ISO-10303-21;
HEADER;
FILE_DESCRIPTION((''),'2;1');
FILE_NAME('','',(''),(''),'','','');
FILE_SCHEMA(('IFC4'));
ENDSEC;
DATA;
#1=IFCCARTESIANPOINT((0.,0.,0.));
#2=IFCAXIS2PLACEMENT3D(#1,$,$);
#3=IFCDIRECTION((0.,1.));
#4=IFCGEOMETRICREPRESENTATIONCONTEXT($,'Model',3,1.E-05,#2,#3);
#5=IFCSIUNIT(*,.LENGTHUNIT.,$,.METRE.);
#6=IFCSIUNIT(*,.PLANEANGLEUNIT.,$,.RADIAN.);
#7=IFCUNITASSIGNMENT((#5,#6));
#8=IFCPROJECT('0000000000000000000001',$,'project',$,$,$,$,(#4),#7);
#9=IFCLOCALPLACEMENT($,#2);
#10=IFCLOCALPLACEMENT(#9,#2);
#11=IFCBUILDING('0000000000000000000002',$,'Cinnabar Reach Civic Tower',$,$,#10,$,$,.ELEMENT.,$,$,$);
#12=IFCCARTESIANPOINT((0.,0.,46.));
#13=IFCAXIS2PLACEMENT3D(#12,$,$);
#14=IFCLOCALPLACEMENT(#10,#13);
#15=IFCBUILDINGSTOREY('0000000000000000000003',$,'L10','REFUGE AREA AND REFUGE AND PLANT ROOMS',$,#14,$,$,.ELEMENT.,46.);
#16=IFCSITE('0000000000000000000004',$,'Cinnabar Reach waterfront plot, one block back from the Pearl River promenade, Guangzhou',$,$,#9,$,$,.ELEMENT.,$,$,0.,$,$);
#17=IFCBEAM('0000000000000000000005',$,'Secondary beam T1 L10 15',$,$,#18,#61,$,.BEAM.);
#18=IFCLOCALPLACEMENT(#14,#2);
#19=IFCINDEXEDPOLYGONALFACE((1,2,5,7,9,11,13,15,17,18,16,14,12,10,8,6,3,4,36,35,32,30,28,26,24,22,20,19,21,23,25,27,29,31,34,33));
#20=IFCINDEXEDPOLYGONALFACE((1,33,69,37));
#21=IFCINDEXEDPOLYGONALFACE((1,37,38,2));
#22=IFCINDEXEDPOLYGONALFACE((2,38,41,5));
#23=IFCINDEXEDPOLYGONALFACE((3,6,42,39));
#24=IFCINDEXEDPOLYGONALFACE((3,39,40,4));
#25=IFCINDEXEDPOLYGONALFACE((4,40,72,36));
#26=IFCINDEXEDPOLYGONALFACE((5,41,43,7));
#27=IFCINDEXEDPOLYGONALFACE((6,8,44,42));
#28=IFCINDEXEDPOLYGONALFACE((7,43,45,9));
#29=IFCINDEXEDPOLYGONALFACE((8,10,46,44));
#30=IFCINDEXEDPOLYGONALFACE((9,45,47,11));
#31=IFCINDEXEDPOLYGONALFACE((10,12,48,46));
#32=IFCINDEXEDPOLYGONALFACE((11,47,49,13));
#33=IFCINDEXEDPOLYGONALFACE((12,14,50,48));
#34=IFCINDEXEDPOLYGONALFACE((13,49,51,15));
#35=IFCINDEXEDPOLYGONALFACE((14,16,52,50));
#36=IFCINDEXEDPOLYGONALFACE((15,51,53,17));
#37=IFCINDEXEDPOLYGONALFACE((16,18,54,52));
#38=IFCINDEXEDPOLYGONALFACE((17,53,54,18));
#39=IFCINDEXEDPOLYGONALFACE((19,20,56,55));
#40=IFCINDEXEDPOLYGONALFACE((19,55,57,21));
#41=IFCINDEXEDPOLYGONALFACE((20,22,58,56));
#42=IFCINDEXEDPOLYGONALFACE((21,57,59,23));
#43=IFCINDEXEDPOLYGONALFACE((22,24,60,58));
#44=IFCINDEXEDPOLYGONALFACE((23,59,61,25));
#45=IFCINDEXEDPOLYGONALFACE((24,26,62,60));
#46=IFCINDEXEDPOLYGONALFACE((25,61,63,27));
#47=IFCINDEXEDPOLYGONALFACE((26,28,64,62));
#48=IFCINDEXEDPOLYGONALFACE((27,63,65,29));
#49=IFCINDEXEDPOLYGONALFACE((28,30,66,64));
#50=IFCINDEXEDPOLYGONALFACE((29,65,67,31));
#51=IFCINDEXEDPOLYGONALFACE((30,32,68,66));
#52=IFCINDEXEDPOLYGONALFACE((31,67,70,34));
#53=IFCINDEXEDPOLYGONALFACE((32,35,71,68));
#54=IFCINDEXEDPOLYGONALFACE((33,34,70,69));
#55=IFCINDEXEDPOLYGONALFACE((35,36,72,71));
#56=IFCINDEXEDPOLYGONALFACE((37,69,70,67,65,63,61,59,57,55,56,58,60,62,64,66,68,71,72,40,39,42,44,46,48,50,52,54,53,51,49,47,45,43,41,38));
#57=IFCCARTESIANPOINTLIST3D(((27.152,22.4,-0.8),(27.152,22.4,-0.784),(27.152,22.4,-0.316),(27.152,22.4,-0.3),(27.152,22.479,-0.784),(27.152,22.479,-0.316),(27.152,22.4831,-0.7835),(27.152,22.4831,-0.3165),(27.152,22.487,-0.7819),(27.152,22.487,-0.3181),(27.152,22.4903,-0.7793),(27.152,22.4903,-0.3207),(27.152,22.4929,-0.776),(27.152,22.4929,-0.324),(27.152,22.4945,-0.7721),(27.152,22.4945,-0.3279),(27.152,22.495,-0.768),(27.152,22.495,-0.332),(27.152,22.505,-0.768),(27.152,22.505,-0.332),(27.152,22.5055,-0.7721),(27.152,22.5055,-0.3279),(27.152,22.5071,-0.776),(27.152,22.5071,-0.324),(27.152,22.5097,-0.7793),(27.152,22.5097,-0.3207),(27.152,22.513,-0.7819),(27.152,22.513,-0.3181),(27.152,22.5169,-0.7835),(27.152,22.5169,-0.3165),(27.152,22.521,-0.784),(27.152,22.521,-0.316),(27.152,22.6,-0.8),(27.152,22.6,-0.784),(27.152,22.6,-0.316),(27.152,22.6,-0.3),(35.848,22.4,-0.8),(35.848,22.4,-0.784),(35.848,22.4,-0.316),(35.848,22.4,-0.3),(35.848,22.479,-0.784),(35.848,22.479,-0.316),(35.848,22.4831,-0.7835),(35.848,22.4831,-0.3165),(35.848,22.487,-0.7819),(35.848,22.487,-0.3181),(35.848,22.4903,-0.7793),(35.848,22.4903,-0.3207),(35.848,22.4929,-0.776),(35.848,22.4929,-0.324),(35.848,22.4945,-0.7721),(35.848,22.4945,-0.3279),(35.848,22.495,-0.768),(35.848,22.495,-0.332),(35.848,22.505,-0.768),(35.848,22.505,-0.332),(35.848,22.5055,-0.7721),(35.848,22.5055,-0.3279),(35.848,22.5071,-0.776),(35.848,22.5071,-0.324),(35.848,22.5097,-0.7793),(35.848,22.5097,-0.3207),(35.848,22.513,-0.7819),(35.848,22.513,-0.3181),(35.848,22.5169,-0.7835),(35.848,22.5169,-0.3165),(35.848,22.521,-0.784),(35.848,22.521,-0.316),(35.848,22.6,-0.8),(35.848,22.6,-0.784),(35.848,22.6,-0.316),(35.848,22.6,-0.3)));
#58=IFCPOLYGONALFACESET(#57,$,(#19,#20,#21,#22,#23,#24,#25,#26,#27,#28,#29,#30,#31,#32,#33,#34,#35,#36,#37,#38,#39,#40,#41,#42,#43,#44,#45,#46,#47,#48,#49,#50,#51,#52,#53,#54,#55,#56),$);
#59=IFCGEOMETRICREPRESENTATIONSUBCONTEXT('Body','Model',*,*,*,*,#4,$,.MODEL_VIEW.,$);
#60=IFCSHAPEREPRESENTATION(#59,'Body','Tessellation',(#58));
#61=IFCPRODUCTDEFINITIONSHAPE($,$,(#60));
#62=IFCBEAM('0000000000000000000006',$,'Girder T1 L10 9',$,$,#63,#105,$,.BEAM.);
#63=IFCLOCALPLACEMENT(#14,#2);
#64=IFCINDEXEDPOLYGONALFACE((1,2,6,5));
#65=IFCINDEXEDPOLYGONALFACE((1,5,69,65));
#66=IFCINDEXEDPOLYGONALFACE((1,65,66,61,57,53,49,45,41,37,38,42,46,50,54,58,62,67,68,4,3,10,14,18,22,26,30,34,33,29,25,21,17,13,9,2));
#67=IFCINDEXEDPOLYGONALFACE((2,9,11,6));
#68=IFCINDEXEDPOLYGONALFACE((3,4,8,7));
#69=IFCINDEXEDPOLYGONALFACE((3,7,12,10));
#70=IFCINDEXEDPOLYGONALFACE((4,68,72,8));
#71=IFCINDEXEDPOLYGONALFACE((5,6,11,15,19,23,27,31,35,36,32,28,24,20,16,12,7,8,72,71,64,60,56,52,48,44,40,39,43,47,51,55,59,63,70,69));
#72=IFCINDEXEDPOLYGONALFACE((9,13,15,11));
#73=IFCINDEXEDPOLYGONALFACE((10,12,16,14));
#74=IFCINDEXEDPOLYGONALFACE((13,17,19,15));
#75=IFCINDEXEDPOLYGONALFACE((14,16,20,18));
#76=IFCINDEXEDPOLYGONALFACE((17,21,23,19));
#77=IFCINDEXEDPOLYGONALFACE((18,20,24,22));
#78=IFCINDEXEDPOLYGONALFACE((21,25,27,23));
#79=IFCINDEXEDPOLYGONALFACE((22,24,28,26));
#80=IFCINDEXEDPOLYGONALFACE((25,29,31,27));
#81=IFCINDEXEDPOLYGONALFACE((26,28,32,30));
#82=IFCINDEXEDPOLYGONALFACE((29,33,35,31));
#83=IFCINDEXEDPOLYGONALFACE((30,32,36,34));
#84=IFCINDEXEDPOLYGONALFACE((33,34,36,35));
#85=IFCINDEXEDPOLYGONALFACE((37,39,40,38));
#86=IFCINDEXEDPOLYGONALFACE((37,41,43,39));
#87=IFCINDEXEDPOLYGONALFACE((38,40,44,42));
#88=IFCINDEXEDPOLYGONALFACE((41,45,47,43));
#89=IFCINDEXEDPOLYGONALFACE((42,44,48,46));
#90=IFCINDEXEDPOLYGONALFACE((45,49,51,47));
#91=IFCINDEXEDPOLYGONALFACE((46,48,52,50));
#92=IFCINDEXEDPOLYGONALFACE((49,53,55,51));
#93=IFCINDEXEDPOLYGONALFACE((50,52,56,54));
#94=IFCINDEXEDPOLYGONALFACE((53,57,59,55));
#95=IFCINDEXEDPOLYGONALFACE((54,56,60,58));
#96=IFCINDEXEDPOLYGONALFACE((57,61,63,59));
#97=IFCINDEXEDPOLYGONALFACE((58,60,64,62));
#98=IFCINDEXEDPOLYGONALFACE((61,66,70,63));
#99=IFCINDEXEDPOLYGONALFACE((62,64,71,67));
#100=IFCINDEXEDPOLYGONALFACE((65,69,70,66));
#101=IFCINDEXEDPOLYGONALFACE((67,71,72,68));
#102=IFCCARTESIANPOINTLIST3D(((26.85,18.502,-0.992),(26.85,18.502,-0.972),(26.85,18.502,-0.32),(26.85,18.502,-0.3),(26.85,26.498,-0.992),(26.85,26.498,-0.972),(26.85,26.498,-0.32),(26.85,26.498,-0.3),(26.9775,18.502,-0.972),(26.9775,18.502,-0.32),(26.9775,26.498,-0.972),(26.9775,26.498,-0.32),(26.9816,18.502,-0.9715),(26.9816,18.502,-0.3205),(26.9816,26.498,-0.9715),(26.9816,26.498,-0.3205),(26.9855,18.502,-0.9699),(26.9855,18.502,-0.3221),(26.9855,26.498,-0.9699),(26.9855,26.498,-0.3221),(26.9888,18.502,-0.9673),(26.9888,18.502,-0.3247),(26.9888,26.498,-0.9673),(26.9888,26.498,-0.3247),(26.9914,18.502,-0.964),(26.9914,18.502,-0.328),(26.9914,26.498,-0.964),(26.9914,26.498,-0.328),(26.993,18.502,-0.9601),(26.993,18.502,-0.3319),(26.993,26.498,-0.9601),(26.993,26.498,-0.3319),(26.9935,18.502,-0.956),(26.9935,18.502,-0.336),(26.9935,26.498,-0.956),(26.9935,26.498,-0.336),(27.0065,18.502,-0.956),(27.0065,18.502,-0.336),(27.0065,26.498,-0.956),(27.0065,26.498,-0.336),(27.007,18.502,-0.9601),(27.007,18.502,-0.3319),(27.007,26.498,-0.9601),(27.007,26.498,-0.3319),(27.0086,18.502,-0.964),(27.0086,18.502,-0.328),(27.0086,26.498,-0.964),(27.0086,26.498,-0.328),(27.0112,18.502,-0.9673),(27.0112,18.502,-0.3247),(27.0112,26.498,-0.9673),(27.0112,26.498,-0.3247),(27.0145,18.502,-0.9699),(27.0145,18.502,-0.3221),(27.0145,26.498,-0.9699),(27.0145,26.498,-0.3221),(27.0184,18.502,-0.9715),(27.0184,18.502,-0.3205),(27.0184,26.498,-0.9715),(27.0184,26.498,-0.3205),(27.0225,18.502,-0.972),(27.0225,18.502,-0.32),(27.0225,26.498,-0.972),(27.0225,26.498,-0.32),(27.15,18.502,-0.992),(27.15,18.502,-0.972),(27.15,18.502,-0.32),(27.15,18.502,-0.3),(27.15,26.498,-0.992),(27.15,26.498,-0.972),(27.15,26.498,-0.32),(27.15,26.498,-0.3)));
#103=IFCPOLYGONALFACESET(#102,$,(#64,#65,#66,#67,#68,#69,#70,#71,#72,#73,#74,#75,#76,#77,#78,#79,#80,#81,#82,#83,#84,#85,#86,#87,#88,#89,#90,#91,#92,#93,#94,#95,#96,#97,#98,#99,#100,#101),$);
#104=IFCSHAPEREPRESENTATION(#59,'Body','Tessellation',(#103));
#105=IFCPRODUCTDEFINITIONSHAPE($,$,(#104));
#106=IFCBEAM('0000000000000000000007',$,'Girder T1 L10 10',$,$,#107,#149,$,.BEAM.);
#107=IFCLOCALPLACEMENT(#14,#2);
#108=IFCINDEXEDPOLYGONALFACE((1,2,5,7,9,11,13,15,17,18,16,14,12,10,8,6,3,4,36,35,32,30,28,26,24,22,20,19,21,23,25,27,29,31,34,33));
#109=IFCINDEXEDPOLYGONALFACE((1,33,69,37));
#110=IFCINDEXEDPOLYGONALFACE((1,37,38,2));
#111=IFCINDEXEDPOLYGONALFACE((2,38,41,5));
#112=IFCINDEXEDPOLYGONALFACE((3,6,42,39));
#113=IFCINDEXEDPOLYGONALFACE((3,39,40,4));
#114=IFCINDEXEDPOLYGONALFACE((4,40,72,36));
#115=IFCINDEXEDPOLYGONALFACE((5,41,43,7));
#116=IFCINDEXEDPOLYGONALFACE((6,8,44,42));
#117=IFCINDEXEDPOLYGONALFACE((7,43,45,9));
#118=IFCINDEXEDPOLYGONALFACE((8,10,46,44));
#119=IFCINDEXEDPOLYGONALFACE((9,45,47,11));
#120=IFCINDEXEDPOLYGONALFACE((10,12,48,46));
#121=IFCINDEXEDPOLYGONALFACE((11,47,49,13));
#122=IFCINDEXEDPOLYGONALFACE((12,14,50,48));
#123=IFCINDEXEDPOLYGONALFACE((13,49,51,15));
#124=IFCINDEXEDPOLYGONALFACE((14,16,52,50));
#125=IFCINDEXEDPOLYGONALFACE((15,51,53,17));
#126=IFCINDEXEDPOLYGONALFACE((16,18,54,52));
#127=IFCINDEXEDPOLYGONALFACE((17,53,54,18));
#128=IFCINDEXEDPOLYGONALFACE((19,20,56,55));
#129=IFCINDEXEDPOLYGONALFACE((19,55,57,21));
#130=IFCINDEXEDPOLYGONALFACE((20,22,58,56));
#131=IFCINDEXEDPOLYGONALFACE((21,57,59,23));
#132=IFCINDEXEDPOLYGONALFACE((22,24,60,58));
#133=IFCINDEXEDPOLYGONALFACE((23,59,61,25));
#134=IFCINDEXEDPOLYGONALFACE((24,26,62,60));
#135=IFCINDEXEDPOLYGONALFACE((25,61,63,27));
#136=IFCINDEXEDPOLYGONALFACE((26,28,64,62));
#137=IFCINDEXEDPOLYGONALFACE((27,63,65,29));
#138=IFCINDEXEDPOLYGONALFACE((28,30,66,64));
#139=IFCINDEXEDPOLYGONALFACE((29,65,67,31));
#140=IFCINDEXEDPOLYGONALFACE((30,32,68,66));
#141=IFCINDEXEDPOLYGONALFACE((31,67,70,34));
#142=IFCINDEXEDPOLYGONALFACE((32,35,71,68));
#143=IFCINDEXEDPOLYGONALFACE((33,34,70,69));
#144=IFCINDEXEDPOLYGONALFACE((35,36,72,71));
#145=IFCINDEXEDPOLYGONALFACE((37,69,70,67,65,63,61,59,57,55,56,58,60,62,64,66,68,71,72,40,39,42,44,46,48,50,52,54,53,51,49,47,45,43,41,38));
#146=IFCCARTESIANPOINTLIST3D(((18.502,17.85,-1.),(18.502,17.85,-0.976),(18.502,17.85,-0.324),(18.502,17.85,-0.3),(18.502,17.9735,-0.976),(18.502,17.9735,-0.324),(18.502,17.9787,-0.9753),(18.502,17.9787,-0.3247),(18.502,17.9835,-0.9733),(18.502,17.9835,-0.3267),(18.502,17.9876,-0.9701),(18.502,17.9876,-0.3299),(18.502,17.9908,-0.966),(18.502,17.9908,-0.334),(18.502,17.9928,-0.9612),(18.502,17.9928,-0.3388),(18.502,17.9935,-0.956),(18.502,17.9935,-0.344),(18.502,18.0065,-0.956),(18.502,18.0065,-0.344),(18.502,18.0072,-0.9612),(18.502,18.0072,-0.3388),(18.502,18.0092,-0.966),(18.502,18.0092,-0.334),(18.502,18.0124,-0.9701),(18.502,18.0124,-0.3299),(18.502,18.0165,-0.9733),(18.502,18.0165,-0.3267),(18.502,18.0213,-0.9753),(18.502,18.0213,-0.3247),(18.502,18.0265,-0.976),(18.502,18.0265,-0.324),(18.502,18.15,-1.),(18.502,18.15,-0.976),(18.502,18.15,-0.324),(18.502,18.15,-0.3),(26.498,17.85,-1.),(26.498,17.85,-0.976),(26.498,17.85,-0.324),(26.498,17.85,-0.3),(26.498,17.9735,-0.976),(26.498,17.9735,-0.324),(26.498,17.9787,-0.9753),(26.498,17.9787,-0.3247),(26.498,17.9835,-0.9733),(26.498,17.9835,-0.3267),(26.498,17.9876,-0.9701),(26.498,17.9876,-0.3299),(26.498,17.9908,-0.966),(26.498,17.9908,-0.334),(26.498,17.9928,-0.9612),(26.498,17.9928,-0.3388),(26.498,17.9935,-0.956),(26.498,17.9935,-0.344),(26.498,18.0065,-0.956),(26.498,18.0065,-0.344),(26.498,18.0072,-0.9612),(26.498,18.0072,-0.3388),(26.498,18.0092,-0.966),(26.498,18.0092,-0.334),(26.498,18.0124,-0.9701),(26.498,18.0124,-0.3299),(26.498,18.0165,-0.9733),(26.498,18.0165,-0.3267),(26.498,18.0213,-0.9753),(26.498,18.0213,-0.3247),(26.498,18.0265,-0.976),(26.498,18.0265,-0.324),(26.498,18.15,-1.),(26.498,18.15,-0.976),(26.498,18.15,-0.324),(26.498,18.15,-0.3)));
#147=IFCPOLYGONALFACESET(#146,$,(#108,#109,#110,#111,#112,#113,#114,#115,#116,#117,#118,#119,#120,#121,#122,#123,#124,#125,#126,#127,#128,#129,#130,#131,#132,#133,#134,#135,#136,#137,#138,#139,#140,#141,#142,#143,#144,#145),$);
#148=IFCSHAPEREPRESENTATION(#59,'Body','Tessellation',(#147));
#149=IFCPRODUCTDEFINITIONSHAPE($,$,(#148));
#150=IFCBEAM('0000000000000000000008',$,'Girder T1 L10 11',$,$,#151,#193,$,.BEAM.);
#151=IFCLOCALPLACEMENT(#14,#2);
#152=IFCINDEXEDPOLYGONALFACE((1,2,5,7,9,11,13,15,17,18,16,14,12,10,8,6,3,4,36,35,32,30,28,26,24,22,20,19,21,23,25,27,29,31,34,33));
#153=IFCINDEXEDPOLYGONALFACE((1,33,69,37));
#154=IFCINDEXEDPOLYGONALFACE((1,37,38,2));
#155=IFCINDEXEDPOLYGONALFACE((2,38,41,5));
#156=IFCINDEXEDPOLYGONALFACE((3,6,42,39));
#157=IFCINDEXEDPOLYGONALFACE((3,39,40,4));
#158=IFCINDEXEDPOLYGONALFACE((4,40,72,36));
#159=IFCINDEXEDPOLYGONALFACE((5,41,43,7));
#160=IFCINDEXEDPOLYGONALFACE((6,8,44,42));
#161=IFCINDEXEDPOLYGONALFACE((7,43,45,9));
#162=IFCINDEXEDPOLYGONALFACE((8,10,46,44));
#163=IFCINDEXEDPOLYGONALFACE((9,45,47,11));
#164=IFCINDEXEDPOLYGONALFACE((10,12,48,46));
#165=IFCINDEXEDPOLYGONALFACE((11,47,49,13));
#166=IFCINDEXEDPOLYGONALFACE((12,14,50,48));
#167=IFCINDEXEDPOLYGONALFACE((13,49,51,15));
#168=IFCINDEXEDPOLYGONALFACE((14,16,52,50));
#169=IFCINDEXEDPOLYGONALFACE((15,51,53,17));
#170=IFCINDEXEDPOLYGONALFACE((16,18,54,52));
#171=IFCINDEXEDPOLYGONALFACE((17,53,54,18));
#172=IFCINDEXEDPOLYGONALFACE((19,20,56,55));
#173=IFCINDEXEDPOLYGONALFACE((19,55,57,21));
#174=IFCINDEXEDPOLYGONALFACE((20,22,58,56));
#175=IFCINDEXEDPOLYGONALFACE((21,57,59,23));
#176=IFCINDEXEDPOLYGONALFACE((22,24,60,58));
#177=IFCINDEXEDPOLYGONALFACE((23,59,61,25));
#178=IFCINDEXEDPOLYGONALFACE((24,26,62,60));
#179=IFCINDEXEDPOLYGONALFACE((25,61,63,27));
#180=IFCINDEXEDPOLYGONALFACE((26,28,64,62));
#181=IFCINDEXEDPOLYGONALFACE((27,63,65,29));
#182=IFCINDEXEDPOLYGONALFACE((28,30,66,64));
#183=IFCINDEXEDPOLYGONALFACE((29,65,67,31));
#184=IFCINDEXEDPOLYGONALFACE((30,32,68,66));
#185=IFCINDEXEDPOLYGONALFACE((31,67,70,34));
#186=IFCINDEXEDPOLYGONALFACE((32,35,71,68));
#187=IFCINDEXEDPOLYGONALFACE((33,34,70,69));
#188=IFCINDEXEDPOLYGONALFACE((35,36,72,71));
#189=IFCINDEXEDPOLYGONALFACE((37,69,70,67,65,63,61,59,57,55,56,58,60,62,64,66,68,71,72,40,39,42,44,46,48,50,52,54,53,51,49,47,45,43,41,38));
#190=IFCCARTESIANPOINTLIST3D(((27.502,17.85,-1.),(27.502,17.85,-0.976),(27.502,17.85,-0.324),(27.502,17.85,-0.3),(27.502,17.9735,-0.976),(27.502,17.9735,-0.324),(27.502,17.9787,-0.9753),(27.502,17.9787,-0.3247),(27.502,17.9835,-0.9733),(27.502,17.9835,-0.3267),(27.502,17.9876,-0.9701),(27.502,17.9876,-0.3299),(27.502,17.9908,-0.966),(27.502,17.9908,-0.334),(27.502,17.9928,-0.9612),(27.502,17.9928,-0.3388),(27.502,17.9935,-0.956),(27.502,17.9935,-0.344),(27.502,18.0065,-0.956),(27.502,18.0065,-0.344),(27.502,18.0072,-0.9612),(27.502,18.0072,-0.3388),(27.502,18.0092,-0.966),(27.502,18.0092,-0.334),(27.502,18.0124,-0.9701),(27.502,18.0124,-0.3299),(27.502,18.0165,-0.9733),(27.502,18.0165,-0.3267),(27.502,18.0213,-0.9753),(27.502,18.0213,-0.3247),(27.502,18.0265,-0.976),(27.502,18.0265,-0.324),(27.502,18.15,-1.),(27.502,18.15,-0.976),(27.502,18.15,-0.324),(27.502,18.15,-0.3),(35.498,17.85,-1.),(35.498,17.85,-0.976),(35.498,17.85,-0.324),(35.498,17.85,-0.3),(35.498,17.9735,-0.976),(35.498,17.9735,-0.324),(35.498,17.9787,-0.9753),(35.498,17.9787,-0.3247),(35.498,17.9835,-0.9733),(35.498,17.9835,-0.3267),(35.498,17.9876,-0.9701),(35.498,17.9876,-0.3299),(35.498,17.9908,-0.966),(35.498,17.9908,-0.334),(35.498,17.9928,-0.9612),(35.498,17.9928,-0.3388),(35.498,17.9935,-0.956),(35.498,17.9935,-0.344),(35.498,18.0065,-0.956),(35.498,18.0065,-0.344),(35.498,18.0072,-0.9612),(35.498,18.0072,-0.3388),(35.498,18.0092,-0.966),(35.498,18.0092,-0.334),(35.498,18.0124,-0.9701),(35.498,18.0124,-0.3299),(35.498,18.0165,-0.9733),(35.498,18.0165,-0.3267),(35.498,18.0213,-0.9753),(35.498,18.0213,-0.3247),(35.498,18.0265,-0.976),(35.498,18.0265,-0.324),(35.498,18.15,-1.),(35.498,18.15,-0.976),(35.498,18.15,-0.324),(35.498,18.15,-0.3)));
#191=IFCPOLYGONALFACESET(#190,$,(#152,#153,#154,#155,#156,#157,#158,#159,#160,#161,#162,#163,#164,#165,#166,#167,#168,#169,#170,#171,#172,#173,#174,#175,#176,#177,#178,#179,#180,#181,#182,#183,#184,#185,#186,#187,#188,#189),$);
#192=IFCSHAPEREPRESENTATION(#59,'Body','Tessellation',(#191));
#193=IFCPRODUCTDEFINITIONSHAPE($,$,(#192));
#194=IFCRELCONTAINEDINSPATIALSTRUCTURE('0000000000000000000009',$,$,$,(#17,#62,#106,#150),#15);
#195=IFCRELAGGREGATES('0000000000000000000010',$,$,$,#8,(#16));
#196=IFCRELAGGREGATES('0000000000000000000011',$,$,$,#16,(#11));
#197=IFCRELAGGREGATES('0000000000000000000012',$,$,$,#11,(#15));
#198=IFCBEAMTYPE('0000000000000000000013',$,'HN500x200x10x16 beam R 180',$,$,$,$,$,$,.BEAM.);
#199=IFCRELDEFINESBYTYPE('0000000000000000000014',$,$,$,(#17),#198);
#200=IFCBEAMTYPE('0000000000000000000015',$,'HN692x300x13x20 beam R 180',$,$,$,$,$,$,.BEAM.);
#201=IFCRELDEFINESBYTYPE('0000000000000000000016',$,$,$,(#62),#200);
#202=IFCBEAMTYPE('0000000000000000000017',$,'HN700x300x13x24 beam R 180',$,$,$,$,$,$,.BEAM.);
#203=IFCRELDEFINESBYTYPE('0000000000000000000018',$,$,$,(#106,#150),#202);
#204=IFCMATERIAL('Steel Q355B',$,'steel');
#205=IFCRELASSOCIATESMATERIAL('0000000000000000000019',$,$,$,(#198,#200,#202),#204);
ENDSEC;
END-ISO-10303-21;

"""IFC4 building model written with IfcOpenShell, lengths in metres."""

from ifc_helpers import new_model, si_unit, direction, frame, origin, origin_2d, place, context, subcontext, project, spatial, i_section, extrude, material, material_profile, profile_set, type_object, element, save


model = new_model("IFC4")

# Units and contexts
model_context = context("Model", 3, precision=1e-05, world=origin(), true_north=direction((0.0, 1.0)))
body_context = subcontext(model_context, "Body", "Model", "MODEL_VIEW")
ifc_project = project(units=[si_unit("LENGTHUNIT", "METRE"), si_unit("PLANEANGLEUNIT", "RADIAN")], contexts=[model_context])

# Site, building, storey
site_placement = place(None, origin())
site = spatial("IfcSite", under=ifc_project, at=site_placement, Name="Cinnabar Reach waterfront plot, one block back from the Pearl River promenade, Guangzhou", CompositionType="ELEMENT", RefElevation=0.0)
building_placement = place(site_placement, origin())
building = spatial("IfcBuilding", under=site, at=building_placement, Name="Cinnabar Reach Civic Tower", CompositionType="ELEMENT")
storey_placement = place(building_placement, frame((0.0, 0.0, 46.0)))
storey = spatial("IfcBuildingStorey", under=building, at=storey_placement, Name="L10", Description="REFUGE AREA AND REFUGE AND PLANT ROOMS", CompositionType="ELEMENT", Elevation=46.0)

# Shared definitions
ifc_material_1 = material(Name="Steel Q355B", Category="steel")

# Beams
ifc_material_profile_1 = material_profile(ifc_material_1, i_section(OverallWidth=0.2, OverallDepth=0.5, WebThickness=0.01, FlangeThickness=0.016, FilletRadius=0.016, at=origin_2d()), Name="HN500x200x10x16")
ifc_profile_set_1 = profile_set([ifc_material_profile_1], Name="Steel Q355B")
beam_type_1 = type_object("IfcBeamType", Name="HN500x200x10x16 beam R 180", PredefinedType="BEAM", material=ifc_profile_set_1)
for number, where, z_axis, x_axis, name in (
    (1, (27.152, 22.5, -0.55), (1.0, 0.0, 0.0), (0.0, 1.0, 0.0), "Secondary beam T1 L10 15"),
):
    element("IfcBeam", number, at=place(storey_placement, frame(where, z_axis=z_axis, x_axis=x_axis)), inside=storey, type_object=beam_type_1, Name=name, PredefinedType="BEAM", context=body_context, shape_type="SweptSolid", body=[
        extrude(i_section(OverallWidth=0.2, OverallDepth=0.5, WebThickness=0.01, FlangeThickness=0.016, FilletRadius=0.016, at=origin_2d()), origin(), (0.0, 0.0, 1.0), 8.696),
    ])
ifc_material_profile_2 = material_profile(ifc_material_1, i_section(OverallWidth=0.3, OverallDepth=0.692, WebThickness=0.013, FlangeThickness=0.02, FilletRadius=0.016, at=origin_2d()), Name="HN692x300x13x20")
ifc_profile_set_2 = profile_set([ifc_material_profile_2], Name="Steel Q355B")
beam_type_2 = type_object("IfcBeamType", Name="HN692x300x13x20 beam R 180", PredefinedType="BEAM", material=ifc_profile_set_2)
beam_1_placement = place(storey_placement, frame((27.0, 18.502, -0.646), z_axis=(0.0, 1.0, 0.0), x_axis=(-1.0, 0.0, 0.0)))
element("IfcBeam", 2, at=beam_1_placement, inside=storey, type_object=beam_type_2, Name="Girder T1 L10 9", PredefinedType="BEAM", context=body_context, shape_type="SweptSolid", body=[
    extrude(i_section(OverallWidth=0.3, OverallDepth=0.692, WebThickness=0.013, FlangeThickness=0.02, FilletRadius=0.016, at=origin_2d()), origin(), (0.0, 0.0, 1.0), 7.996),
])
ifc_material_profile_3 = material_profile(ifc_material_1, i_section(OverallWidth=0.3, OverallDepth=0.7, WebThickness=0.013, FlangeThickness=0.024, FilletRadius=0.02, at=origin_2d()), Name="HN700x300x13x24")
ifc_profile_set_3 = profile_set([ifc_material_profile_3], Name="Steel Q355B")
beam_type_3 = type_object("IfcBeamType", Name="HN700x300x13x24 beam R 180", PredefinedType="BEAM", material=ifc_profile_set_3)
for number, where, z_axis, x_axis, name in (
    (3, (18.502, 18.0, -0.65), (1.0, 0.0, 0.0), (0.0, 1.0, 0.0), "Girder T1 L10 10"),
    (4, (27.502, 18.0, -0.65), (1.0, 0.0, 0.0), (0.0, 1.0, 0.0), "Girder T1 L10 11"),
):
    element("IfcBeam", number, at=place(storey_placement, frame(where, z_axis=z_axis, x_axis=x_axis)), inside=storey, type_object=beam_type_3, Name=name, PredefinedType="BEAM", context=body_context, shape_type="SweptSolid", body=[
        extrude(i_section(OverallWidth=0.3, OverallDepth=0.7, WebThickness=0.013, FlangeThickness=0.024, FilletRadius=0.02, at=origin_2d()), origin(), (0.0, 0.0, 1.0), 7.996),
    ])

save(model, "model.ifc")
